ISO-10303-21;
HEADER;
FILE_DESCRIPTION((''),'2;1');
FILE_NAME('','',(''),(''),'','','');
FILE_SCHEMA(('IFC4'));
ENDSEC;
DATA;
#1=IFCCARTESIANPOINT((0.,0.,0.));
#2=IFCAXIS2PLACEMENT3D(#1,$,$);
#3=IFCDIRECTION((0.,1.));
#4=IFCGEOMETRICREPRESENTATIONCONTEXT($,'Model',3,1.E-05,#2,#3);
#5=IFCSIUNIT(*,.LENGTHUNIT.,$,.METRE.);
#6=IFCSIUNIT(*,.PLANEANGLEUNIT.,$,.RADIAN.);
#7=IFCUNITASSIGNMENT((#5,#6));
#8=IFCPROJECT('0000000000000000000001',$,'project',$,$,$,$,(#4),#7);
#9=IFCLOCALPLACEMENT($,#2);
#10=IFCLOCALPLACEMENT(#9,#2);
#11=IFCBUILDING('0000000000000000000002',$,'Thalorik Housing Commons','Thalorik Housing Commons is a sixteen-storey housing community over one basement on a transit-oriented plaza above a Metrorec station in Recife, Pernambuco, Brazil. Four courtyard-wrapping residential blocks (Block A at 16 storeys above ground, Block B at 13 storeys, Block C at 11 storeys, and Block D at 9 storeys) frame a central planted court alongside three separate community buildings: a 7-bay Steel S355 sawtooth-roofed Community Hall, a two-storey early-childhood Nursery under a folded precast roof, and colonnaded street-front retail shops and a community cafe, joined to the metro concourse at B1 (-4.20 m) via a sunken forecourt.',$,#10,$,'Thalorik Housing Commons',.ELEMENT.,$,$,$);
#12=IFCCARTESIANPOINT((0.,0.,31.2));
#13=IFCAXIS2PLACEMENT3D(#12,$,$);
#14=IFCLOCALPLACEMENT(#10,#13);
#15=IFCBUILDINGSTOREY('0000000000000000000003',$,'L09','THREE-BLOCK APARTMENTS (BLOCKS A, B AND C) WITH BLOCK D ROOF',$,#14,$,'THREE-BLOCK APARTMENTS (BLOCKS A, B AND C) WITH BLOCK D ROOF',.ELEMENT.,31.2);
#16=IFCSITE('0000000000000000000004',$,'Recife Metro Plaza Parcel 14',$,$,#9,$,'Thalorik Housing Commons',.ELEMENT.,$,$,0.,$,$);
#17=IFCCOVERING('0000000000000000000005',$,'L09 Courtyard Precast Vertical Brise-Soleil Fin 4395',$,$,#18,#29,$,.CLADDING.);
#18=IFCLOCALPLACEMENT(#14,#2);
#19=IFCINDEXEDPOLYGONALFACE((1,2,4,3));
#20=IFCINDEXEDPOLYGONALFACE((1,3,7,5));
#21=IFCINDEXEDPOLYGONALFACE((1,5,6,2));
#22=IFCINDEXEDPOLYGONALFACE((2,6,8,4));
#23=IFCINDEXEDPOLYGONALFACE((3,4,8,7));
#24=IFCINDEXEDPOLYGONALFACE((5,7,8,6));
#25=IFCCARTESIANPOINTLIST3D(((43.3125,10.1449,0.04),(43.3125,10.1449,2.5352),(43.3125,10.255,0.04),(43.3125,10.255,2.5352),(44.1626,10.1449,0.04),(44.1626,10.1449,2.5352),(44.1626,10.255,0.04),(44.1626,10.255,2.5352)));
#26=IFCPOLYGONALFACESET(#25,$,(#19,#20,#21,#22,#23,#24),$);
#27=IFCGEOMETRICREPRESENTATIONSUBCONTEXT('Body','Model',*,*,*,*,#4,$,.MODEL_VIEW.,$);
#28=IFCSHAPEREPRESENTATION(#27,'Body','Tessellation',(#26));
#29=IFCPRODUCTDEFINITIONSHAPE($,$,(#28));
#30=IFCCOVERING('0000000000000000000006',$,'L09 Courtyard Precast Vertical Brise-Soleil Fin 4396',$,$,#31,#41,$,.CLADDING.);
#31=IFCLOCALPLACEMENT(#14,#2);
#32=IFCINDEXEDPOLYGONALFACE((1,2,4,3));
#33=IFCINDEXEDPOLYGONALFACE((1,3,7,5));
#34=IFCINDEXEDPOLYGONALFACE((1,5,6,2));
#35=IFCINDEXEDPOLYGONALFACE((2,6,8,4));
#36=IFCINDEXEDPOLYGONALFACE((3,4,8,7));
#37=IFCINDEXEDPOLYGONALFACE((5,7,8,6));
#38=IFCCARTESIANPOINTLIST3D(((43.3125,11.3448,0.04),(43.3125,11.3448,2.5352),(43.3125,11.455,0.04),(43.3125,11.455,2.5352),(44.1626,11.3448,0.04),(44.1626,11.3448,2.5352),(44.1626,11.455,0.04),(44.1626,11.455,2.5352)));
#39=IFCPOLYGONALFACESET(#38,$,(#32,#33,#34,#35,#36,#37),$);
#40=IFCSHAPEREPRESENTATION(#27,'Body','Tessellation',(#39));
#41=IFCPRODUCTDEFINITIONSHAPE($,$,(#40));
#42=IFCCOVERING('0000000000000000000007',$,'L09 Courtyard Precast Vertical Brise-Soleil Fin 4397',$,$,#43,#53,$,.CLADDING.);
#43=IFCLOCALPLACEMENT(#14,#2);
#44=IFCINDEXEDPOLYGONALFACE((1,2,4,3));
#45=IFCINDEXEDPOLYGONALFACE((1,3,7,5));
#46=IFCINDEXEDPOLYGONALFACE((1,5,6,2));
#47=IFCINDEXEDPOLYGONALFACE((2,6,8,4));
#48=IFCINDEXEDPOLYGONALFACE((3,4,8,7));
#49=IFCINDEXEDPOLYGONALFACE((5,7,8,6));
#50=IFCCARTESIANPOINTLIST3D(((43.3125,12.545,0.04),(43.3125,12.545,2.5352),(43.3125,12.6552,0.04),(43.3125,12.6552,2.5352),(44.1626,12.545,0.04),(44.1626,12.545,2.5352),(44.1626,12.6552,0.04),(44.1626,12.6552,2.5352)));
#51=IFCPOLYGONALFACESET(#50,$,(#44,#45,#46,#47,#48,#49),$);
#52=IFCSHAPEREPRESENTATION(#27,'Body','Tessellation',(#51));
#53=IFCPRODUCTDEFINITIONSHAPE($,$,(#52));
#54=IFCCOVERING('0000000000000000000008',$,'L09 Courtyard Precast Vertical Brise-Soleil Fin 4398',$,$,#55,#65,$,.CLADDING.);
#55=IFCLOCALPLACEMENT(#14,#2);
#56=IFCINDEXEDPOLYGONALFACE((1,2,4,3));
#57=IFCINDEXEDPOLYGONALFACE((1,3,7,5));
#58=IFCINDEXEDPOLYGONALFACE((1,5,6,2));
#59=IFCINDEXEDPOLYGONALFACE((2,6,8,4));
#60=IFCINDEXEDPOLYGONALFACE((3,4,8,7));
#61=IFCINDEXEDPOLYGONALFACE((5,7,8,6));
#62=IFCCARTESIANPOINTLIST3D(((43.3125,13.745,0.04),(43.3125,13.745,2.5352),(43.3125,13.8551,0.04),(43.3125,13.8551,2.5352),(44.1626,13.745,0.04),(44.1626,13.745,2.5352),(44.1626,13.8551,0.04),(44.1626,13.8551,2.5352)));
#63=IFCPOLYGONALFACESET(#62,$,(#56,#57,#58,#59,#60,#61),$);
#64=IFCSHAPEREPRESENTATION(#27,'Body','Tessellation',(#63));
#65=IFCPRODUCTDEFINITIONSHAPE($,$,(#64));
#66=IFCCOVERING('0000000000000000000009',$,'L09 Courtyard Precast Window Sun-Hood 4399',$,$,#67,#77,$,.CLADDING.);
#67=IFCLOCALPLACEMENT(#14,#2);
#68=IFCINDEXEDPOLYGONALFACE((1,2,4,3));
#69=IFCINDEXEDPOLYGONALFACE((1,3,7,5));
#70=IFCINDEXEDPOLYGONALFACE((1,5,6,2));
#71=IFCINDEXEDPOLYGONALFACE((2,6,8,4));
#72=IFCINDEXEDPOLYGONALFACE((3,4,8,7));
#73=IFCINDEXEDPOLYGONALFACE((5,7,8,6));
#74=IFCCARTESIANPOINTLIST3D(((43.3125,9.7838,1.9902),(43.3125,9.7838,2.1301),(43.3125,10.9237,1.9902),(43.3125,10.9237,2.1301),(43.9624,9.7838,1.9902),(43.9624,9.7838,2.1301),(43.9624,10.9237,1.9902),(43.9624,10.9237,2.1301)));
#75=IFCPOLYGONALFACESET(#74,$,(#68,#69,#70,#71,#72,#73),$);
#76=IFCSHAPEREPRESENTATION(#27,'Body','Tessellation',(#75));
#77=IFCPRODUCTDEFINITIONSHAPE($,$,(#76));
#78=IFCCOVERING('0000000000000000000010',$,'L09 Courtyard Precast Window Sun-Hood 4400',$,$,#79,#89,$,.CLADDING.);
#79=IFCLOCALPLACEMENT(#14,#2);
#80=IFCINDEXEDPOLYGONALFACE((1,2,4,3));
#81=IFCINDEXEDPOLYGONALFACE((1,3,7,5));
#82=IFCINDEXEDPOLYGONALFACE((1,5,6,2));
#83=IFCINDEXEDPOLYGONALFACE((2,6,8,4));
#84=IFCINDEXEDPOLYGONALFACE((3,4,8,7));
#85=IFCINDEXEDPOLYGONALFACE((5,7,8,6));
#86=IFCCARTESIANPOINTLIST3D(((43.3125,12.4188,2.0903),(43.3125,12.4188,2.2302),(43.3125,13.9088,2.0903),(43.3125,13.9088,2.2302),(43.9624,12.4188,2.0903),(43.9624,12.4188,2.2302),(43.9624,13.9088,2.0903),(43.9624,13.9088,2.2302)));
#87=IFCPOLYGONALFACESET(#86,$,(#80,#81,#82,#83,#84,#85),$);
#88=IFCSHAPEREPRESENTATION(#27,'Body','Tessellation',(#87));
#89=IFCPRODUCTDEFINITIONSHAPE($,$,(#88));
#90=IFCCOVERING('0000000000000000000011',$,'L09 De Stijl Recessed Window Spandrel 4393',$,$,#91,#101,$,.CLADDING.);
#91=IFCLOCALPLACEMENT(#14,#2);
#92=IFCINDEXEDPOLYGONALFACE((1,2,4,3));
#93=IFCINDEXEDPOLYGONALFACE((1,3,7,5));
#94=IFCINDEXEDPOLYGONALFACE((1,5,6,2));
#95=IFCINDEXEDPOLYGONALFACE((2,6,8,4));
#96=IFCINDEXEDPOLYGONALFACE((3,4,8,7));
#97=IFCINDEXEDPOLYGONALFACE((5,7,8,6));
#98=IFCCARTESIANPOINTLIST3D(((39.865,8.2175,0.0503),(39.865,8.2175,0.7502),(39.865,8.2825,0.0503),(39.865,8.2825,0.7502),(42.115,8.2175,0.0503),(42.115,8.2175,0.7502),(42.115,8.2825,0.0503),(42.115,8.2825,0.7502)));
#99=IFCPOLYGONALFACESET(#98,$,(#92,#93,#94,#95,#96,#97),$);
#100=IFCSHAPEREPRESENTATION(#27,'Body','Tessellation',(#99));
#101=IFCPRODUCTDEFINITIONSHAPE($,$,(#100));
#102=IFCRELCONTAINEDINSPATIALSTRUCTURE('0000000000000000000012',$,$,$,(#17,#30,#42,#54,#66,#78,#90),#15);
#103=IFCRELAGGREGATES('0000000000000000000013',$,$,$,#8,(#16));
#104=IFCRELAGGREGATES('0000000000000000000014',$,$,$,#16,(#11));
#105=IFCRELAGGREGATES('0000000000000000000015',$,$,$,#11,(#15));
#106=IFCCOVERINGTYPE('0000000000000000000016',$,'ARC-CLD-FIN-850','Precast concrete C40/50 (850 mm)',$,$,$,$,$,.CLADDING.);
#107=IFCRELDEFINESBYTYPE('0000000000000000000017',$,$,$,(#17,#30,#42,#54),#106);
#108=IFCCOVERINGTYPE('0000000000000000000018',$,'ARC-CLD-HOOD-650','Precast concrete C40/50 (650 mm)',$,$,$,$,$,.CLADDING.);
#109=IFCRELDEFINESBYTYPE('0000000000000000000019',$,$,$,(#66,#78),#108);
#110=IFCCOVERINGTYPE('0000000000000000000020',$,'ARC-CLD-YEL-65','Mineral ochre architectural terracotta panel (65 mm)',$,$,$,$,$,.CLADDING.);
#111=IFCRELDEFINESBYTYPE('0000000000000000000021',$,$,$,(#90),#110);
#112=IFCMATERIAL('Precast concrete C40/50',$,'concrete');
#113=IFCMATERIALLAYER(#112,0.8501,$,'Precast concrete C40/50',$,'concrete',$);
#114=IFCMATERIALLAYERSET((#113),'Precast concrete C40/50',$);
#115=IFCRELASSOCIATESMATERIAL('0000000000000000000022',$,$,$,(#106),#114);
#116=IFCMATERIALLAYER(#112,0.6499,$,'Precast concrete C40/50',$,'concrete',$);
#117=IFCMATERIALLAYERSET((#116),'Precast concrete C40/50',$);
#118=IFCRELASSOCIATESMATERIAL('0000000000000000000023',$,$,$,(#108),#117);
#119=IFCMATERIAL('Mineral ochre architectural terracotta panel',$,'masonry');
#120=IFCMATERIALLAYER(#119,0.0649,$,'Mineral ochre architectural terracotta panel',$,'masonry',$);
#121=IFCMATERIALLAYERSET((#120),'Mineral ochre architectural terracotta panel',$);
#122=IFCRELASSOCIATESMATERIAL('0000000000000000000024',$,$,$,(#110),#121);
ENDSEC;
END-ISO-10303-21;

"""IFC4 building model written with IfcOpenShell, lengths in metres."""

from ifc_helpers import new_model, si_unit, direction, frame, origin, origin_2d, place, context, subcontext, project, spatial, rectangle, extrude, material, layer, layer_set, type_object, element, save


model = new_model("IFC4")

# Units and contexts
model_context = context("Model", 3, precision=1e-05, world=origin(), true_north=direction((0.0, 1.0)))
body_context = subcontext(model_context, "Body", "Model", "MODEL_VIEW")
ifc_project = project(units=[si_unit("LENGTHUNIT", "METRE"), si_unit("PLANEANGLEUNIT", "RADIAN")], contexts=[model_context])

# Site, building, storey
site_placement = place(None, origin())
site = spatial("IfcSite", under=ifc_project, at=site_placement, Name="Recife Metro Plaza Parcel 14", LongName="Thalorik Housing Commons", CompositionType="ELEMENT", RefElevation=0.0)
building_placement = place(site_placement, origin())
building = spatial("IfcBuilding", under=site, at=building_placement, Name="Thalorik Housing Commons", Description="Thalorik Housing Commons is a sixteen-storey housing community over one basement on a transit-oriented plaza above a Metrorec station in Recife, Pernambuco, Brazil. Four courtyard-wrapping residential blocks (Block A at 16 storeys above ground, Block B at 13 storeys, Block C at 11 storeys, and Block D at 9 storeys) frame a central planted court alongside three separate community buildings: a 7-bay Steel S355 sawtooth-roofed Community Hall, a two-storey early-childhood Nursery under a folded precast roof, and colonnaded street-front retail shops and a community cafe, joined to the metro concourse at B1 (-4.20 m) via a sunken forecourt.", LongName="Thalorik Housing Commons", CompositionType="ELEMENT")
storey_placement = place(building_placement, frame((0.0, 0.0, 31.2)))
storey = spatial("IfcBuildingStorey", under=building, at=storey_placement, Name="L09", Description="THREE-BLOCK APARTMENTS (BLOCKS A, B AND C) WITH BLOCK D ROOF", LongName="THREE-BLOCK APARTMENTS (BLOCKS A, B AND C) WITH BLOCK D ROOF", CompositionType="ELEMENT", Elevation=31.2)

# Shared definitions
ifc_material_1 = material(Name="Precast concrete C40/50", Category="concrete")

# Coverings
ifc_layer_1 = layer(ifc_material_1, 0.8501, Name="Precast concrete C40/50", Category="concrete")
ifc_layer_set_1 = layer_set([ifc_layer_1], Name="Precast concrete C40/50")
covering_type_1 = type_object("IfcCoveringType", Name="ARC-CLD-FIN-850", Description="Precast concrete C40/50 (850 mm)", PredefinedType="CLADDING", material=ifc_layer_set_1)
for number, where, z_axis, x_axis, name in (
    (1, (43.7375, 10.2, 0.04), (0.0, 0.0, 1.0), (0.0, 1.0, 0.0), "L09 Courtyard Precast Vertical Brise-Soleil Fin 4395"),
    (2, (43.7375, 11.3999, 0.04), (0.0, 0.0, 1.0), (0.0, 1.0, 0.0), "L09 Courtyard Precast Vertical Brise-Soleil Fin 4396"),
    (3, (43.7375, 12.6001, 0.04), (0.0, 0.0, 1.0), (0.0, 1.0, 0.0), "L09 Courtyard Precast Vertical Brise-Soleil Fin 4397"),
    (4, (43.7375, 13.8, 0.04), (0.0, 0.0, 1.0), (0.0, 1.0, 0.0), "L09 Courtyard Precast Vertical Brise-Soleil Fin 4398"),
):
    element("IfcCovering", number, at=place(storey_placement, frame(where, z_axis=z_axis, x_axis=x_axis)), inside=storey, type_object=covering_type_1, Name=name, PredefinedType="CLADDING", context=body_context, shape_type="SweptSolid", body=[
        extrude(rectangle(XDim=0.1101, YDim=0.8501, at=origin_2d()), origin(), (0.0, 0.0, 1.0), 2.4951),
    ])
ifc_layer_2 = layer(ifc_material_1, 0.6499, Name="Precast concrete C40/50", Category="concrete")
ifc_layer_set_2 = layer_set([ifc_layer_2], Name="Precast concrete C40/50")
covering_type_2 = type_object("IfcCoveringType", Name="ARC-CLD-HOOD-650", Description="Precast concrete C40/50 (650 mm)", PredefinedType="CLADDING", material=ifc_layer_set_2)
covering_1_placement = place(storey_placement, frame((43.6375, 10.3538, 1.9902), z_axis=(0.0, 0.0, 1.0), x_axis=(0.0, 1.0, 0.0)))
element("IfcCovering", 5, at=covering_1_placement, inside=storey, type_object=covering_type_2, Name="L09 Courtyard Precast Window Sun-Hood 4399", PredefinedType="CLADDING", context=body_context, shape_type="SweptSolid", body=[
    extrude(rectangle(XDim=1.1399, YDim=0.6499, at=origin_2d()), origin(), (0.0, 0.0, 1.0), 0.1399),
])
covering_2_placement = place(storey_placement, frame((43.6375, 13.1638, 2.0903), z_axis=(0.0, 0.0, 1.0), x_axis=(0.0, 1.0, 0.0)))
element("IfcCovering", 6, at=covering_2_placement, inside=storey, type_object=covering_type_2, Name="L09 Courtyard Precast Window Sun-Hood 4400", PredefinedType="CLADDING", context=body_context, shape_type="SweptSolid", body=[
    extrude(rectangle(XDim=1.49, YDim=0.6499, at=origin_2d()), origin(), (0.0, 0.0, 1.0), 0.1399),
])
ifc_material_2 = material(Name="Mineral ochre architectural terracotta panel", Category="masonry")
ifc_layer_3 = layer(ifc_material_2, 0.0649, Name="Mineral ochre architectural terracotta panel", Category="masonry")
ifc_layer_set_3 = layer_set([ifc_layer_3], Name="Mineral ochre architectural terracotta panel")
covering_type_3 = type_object("IfcCoveringType", Name="ARC-CLD-YEL-65", Description="Mineral ochre architectural terracotta panel (65 mm)", PredefinedType="CLADDING", material=ifc_layer_set_3)
covering_3_placement = place(storey_placement, frame((40.99, 8.25, 0.0503), z_axis=(0.0, 0.0, 1.0), x_axis=(1.0, 0.0, 0.0)))
element("IfcCovering", 7, at=covering_3_placement, inside=storey, type_object=covering_type_3, Name="L09 De Stijl Recessed Window Spandrel 4393", PredefinedType="CLADDING", context=body_context, shape_type="SweptSolid", body=[
    extrude(rectangle(XDim=2.25, YDim=0.0649, at=origin_2d()), origin(), (0.0, 0.0, 1.0), 0.7),
])

save(model, "model.ifc")
